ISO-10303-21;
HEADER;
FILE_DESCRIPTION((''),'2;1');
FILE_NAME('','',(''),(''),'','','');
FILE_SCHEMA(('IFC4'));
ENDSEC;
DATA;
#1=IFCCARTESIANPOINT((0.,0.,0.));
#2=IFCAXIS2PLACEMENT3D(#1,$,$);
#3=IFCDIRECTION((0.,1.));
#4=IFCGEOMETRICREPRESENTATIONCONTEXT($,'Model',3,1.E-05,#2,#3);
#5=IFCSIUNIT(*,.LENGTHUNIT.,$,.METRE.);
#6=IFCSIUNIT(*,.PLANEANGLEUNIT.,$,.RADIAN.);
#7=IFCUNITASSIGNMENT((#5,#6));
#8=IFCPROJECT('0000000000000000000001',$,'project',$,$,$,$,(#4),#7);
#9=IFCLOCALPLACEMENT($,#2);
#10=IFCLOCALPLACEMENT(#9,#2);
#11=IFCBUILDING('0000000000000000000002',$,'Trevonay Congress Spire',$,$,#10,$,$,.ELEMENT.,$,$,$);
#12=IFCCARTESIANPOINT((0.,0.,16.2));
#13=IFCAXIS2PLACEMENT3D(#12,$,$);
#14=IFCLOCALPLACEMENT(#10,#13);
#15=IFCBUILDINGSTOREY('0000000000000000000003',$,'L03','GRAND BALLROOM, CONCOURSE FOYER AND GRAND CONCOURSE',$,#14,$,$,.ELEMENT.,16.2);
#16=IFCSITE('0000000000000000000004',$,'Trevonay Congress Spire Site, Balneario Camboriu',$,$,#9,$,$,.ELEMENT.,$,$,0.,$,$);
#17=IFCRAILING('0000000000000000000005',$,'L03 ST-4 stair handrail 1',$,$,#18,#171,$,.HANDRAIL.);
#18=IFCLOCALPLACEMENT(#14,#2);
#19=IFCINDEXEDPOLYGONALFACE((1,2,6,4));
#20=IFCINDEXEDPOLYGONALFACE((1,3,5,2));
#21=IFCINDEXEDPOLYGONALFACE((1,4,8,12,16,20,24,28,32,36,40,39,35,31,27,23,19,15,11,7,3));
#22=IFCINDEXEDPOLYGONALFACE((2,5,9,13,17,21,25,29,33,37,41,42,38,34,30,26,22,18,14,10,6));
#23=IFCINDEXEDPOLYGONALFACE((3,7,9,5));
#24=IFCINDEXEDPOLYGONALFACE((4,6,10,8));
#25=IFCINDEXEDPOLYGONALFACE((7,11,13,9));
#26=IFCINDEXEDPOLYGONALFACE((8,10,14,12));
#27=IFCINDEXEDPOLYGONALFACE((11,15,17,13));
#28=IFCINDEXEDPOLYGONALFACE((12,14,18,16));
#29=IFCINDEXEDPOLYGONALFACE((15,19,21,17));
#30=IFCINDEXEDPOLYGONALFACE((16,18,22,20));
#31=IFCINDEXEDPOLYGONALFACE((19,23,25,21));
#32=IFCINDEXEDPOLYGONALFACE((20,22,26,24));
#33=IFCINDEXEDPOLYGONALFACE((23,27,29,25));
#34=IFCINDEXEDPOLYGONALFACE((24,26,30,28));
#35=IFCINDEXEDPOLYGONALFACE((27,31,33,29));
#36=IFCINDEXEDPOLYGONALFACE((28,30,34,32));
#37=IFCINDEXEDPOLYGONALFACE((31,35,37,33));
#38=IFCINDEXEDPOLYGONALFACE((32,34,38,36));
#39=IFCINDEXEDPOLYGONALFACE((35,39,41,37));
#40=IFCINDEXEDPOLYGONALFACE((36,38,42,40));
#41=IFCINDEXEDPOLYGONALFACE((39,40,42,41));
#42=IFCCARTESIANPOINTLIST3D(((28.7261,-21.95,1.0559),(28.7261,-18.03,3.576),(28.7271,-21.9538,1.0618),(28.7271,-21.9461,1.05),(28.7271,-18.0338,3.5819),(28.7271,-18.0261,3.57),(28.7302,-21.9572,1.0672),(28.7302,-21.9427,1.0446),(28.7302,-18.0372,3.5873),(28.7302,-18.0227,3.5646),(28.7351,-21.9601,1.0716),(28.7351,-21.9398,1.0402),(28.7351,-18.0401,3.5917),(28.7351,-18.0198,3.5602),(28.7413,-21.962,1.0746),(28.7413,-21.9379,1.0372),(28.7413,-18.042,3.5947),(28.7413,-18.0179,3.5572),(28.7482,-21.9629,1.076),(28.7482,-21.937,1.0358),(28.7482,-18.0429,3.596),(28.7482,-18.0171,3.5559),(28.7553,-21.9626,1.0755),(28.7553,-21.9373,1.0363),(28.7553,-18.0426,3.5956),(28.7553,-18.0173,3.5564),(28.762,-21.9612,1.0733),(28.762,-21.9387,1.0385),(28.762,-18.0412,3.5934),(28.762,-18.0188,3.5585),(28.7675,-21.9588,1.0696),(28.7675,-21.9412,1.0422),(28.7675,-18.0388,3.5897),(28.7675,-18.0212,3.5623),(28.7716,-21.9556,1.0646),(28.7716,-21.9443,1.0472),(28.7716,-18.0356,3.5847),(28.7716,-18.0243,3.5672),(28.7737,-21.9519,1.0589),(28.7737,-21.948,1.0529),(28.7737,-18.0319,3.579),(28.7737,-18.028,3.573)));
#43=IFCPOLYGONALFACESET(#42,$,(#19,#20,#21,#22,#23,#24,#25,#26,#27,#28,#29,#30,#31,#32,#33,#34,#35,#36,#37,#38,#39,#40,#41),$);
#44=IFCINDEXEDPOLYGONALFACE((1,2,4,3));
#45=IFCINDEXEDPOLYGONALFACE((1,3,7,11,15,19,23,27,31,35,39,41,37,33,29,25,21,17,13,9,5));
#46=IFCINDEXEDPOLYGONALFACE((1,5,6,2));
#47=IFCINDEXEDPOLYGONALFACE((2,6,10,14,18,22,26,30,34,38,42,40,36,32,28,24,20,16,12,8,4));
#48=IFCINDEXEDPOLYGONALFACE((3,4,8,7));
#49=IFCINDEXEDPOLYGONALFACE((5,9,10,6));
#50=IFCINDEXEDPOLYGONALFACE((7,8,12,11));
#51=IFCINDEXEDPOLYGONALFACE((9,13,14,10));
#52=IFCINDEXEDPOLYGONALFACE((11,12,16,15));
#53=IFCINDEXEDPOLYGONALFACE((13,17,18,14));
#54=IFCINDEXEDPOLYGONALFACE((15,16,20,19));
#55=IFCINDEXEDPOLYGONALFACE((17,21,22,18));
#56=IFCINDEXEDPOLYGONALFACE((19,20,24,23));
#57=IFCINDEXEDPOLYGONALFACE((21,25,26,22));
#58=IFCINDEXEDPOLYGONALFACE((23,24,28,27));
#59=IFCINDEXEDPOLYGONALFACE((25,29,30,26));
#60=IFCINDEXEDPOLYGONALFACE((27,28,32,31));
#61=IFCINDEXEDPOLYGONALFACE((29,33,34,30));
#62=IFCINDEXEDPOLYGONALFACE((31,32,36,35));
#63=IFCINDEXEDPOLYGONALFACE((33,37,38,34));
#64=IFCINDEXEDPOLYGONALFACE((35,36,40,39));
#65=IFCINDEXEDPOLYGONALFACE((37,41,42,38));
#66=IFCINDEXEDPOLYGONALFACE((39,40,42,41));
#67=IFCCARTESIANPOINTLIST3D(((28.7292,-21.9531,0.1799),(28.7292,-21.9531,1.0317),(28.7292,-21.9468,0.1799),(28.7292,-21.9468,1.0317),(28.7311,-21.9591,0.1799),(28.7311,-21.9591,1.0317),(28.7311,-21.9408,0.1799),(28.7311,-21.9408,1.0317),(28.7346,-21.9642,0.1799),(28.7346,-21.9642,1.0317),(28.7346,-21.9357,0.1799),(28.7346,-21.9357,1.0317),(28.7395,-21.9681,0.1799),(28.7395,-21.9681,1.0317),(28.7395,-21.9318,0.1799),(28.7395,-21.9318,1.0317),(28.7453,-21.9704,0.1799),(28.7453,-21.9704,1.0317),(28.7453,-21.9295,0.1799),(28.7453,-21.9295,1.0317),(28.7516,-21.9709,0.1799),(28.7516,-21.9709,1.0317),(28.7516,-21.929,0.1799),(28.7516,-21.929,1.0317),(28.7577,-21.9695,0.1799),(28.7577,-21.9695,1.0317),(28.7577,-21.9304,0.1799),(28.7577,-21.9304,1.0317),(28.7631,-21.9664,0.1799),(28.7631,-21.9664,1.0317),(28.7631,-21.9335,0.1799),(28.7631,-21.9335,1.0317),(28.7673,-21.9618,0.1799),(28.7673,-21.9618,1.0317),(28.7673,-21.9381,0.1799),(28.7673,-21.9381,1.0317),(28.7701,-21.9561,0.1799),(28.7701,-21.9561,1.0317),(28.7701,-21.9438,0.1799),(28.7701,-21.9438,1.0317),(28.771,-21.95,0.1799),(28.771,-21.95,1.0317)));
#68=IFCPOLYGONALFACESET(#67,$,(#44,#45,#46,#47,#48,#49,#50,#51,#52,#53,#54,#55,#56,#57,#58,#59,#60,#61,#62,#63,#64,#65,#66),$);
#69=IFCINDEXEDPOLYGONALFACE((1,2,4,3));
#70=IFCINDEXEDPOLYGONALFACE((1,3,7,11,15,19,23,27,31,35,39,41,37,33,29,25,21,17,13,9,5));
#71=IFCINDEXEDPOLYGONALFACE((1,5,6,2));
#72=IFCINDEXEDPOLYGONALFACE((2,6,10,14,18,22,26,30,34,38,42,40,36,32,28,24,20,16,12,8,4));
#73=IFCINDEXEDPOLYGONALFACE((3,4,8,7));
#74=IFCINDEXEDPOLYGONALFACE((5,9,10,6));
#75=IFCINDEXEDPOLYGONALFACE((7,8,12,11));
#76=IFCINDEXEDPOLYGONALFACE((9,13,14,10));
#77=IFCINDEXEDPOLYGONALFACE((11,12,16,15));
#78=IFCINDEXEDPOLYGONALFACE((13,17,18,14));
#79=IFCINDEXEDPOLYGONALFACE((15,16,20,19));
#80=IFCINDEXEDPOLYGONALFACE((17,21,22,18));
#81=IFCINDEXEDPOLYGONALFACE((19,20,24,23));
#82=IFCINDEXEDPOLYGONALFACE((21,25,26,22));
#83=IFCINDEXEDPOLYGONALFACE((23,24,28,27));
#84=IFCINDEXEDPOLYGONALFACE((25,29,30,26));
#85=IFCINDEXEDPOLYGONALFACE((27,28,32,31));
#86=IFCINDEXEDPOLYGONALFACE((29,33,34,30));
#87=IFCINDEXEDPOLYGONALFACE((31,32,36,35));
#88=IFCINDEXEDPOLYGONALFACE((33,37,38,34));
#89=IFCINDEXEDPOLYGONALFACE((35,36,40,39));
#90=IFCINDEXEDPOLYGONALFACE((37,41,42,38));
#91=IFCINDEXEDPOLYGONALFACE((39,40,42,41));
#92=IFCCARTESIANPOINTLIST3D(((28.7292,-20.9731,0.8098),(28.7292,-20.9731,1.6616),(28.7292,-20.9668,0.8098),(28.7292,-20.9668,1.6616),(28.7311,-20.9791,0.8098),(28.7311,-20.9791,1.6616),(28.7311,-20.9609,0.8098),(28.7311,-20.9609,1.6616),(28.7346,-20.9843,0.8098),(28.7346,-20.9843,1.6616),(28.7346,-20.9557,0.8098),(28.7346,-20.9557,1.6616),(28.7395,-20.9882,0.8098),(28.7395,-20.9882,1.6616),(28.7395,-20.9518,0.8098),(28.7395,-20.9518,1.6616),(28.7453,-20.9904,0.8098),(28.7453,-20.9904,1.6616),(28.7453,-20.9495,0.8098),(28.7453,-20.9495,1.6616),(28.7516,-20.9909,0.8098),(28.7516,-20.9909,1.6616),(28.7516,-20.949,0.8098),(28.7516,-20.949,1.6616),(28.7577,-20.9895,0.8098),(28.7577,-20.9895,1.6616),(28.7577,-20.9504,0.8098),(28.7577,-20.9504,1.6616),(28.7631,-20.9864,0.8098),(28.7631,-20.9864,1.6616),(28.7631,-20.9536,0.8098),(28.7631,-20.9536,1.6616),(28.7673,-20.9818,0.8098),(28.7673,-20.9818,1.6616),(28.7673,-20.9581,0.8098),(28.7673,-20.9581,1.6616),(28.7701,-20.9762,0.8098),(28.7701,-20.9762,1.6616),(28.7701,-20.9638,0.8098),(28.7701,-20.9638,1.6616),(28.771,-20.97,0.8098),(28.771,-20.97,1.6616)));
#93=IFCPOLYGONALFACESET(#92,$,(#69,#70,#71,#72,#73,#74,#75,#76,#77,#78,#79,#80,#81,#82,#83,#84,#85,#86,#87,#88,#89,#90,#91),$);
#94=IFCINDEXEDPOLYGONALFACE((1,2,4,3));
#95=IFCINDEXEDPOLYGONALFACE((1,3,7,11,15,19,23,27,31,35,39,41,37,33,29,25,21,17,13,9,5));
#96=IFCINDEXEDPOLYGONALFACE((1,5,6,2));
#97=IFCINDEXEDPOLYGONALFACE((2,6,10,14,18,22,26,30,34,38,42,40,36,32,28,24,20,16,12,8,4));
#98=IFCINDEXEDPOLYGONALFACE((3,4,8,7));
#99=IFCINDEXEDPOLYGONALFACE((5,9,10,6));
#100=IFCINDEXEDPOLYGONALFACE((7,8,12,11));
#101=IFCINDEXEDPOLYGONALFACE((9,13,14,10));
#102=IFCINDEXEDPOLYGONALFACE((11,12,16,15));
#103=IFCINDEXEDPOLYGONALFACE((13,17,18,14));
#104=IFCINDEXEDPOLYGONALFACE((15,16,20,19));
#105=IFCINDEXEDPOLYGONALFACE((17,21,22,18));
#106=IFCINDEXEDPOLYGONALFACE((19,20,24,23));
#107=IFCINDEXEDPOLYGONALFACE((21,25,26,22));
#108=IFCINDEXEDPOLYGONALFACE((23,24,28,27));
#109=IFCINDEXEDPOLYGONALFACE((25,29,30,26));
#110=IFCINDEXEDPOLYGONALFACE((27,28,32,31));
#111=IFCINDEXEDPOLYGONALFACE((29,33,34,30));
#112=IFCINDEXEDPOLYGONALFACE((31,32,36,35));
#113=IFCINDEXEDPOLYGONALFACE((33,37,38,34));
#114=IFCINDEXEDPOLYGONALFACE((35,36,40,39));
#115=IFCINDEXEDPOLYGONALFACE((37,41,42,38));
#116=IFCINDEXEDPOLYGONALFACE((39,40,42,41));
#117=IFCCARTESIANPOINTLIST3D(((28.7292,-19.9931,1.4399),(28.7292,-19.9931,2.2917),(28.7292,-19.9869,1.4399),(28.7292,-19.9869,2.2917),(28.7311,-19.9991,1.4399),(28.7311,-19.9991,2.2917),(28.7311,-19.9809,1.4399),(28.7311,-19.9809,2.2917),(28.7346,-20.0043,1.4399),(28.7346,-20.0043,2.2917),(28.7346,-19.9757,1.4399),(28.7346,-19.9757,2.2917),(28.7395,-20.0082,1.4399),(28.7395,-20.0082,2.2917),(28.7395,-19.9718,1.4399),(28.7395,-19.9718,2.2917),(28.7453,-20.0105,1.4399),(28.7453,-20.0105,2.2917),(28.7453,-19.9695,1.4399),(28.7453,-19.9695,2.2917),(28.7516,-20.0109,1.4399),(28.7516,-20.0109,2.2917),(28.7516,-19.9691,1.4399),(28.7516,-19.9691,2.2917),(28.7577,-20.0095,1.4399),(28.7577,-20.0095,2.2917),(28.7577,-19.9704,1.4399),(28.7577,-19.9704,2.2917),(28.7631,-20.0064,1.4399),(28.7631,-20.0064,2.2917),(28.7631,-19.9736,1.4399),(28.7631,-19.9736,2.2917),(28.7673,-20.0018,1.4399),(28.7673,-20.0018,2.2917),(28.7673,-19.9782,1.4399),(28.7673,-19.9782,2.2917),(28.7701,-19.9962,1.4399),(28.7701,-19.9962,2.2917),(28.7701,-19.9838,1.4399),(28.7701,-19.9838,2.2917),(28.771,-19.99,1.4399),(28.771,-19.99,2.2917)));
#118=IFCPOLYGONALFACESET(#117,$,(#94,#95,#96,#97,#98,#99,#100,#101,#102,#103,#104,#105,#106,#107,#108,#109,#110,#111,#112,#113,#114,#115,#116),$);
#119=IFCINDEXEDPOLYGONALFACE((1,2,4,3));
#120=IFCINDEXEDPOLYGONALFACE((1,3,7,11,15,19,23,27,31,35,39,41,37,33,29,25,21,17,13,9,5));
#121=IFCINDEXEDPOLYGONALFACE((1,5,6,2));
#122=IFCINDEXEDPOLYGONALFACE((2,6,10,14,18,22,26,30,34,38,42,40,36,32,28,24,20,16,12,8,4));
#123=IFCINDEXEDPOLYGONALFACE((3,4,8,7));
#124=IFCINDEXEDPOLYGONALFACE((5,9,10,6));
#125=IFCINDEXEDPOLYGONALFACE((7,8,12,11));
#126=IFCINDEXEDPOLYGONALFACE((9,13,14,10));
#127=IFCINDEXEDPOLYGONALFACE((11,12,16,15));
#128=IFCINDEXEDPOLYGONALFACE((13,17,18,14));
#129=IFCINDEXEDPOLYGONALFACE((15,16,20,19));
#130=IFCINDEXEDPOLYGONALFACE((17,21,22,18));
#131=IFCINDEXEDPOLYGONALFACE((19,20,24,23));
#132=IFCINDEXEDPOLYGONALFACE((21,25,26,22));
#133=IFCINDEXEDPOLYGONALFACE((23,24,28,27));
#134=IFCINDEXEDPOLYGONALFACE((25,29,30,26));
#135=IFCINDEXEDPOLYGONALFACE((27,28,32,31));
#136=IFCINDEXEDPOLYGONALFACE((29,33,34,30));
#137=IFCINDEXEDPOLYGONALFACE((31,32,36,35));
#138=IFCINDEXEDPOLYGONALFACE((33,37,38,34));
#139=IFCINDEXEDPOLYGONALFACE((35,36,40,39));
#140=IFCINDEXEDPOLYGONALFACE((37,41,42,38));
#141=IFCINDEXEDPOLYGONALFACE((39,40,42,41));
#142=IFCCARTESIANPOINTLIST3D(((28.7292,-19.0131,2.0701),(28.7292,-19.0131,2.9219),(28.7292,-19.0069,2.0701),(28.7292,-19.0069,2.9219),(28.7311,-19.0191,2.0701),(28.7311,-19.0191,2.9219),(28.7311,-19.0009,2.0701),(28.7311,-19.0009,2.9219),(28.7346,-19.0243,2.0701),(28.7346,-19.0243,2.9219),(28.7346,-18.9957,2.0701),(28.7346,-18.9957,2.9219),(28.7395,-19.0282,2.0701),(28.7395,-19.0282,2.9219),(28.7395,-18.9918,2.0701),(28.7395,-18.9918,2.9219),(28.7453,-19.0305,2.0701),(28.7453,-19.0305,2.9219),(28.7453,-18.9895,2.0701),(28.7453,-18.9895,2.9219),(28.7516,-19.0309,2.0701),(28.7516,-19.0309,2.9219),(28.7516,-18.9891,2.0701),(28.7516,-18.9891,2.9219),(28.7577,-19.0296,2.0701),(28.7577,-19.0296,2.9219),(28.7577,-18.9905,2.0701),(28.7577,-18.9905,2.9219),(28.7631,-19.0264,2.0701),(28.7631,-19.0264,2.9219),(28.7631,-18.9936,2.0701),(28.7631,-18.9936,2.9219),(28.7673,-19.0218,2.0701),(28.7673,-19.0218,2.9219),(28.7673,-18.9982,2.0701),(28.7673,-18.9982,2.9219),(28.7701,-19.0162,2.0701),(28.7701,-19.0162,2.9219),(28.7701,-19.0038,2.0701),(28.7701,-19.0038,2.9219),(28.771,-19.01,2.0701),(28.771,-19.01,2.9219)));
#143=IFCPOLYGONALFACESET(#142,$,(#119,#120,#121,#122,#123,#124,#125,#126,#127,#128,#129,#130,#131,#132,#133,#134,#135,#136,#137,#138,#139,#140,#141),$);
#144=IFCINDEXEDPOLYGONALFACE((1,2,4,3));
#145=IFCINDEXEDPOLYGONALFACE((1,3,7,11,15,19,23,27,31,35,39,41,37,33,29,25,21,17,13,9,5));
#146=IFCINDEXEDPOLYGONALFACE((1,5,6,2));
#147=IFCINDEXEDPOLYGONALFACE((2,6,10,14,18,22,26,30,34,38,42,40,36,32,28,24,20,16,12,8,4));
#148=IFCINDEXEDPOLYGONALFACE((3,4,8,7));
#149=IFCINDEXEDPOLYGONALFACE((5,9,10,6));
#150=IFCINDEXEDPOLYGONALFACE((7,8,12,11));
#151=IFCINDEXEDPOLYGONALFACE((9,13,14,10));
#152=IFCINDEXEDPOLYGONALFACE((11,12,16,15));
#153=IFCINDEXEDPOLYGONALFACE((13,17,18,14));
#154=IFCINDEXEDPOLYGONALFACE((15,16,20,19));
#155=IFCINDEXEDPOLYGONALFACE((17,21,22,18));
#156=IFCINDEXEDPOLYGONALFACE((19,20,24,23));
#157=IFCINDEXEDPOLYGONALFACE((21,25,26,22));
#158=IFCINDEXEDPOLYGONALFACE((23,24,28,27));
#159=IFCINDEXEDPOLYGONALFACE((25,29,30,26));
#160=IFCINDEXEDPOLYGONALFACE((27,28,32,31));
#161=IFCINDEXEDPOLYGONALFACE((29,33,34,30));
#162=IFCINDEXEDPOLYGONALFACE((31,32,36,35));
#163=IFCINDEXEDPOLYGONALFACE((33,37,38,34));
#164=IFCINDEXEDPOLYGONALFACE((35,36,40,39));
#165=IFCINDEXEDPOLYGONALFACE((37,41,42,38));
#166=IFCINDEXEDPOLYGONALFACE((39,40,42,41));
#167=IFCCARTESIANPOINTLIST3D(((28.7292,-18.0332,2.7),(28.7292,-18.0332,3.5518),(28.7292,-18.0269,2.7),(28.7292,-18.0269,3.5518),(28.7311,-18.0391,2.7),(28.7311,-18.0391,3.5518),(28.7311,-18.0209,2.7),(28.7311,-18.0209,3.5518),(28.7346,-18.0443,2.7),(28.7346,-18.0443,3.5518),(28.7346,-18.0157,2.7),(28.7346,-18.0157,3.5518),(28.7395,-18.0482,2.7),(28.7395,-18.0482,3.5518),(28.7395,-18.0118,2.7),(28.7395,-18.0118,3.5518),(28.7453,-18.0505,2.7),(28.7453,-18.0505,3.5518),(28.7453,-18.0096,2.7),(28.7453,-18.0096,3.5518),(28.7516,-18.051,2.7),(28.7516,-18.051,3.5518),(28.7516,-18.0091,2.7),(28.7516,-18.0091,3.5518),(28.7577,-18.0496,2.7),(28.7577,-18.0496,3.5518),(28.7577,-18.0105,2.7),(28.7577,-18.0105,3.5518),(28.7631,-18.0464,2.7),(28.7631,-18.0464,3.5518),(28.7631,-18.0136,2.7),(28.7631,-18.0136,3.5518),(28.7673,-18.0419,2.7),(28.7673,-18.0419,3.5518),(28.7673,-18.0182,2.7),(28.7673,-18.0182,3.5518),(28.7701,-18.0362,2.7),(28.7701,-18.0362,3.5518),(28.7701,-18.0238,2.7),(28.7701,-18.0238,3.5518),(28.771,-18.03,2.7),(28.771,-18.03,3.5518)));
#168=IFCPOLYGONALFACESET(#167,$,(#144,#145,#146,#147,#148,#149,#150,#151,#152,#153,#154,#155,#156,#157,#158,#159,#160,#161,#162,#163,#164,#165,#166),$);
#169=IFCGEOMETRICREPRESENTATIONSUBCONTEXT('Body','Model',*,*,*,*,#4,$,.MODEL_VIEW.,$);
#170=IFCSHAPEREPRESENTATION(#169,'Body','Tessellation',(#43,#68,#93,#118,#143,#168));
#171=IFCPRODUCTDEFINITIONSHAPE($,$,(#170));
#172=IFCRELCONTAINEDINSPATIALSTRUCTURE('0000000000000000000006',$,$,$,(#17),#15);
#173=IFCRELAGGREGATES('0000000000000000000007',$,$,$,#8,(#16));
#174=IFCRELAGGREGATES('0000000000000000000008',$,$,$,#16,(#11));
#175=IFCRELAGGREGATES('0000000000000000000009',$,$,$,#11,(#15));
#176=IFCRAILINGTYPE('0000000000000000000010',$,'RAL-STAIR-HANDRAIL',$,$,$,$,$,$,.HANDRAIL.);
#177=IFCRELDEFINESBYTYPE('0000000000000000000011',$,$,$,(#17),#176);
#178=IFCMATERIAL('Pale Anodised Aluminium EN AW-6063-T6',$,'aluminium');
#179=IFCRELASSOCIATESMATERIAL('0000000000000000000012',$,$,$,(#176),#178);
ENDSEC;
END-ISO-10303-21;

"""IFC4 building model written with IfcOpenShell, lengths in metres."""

from ifc_helpers import new_model, si_unit, direction, frame, origin, origin_2d, place, context, subcontext, project, spatial, circle, extrude, material, type_object, element, save


model = new_model("IFC4")

# Units and contexts
model_context = context("Model", 3, precision=1e-05, world=origin(), true_north=direction((0.0, 1.0)))
body_context = subcontext(model_context, "Body", "Model", "MODEL_VIEW")
ifc_project = project(units=[si_unit("LENGTHUNIT", "METRE"), si_unit("PLANEANGLEUNIT", "RADIAN")], contexts=[model_context])

# Site, building, storey
site_placement = place(None, origin())
site = spatial("IfcSite", under=ifc_project, at=site_placement, Name="Trevonay Congress Spire Site, Balneario Camboriu", CompositionType="ELEMENT", RefElevation=0.0)
building_placement = place(site_placement, origin())
building = spatial("IfcBuilding", under=site, at=building_placement, Name="Trevonay Congress Spire", CompositionType="ELEMENT")
storey_placement = place(building_placement, frame((0.0, 0.0, 16.2)))
storey = spatial("IfcBuildingStorey", under=building, at=storey_placement, Name="L03", Description="GRAND BALLROOM, CONCOURSE FOYER AND GRAND CONCOURSE", CompositionType="ELEMENT", Elevation=16.2)

# Shared definitions
ifc_material_1 = material(Name="Pale Anodised Aluminium EN AW-6063-T6", Category="aluminium")

# Railing
railing_type_1 = type_object("IfcRailingType", Name="RAL-STAIR-HANDRAIL", PredefinedType="HANDRAIL", material=ifc_material_1)
railing_1_placement = place(storey_placement, frame((28.75, -21.95, 0.1799)))
element("IfcRailing", 1, at=railing_1_placement, inside=storey, type_object=railing_type_1, Name="L03 ST-4 stair handrail 1", PredefinedType="HANDRAIL", context=body_context, shape_type="SweptSolid", body=[
    extrude(circle(Radius=0.0239, at=origin_2d()), frame((0.0, 0.0, 0.876), z_axis=(0.0, 0.841172, 0.540768), x_axis=(-1.0, 0.0, 0.0)), (0.0, 0.0, 1.0), 4.6602),
    extrude(circle(Radius=0.021, at=origin_2d()), origin(), (0.0, 0.0, 1.0), 0.8518),
    extrude(circle(Radius=0.021, at=origin_2d()), frame((0.0, 0.98, 0.6299)), (0.0, 0.0, 1.0), 0.8518),
    extrude(circle(Radius=0.021, at=origin_2d()), frame((0.0, 1.96, 1.26)), (0.0, 0.0, 1.0), 0.8518),
    extrude(circle(Radius=0.021, at=origin_2d()), frame((0.0, 2.9399, 1.8901)), (0.0, 0.0, 1.0), 0.8518),
    extrude(circle(Radius=0.021, at=origin_2d()), frame((0.0, 3.9199, 2.52)), (0.0, 0.0, 1.0), 0.8518),
])

save(model, "model.ifc")
